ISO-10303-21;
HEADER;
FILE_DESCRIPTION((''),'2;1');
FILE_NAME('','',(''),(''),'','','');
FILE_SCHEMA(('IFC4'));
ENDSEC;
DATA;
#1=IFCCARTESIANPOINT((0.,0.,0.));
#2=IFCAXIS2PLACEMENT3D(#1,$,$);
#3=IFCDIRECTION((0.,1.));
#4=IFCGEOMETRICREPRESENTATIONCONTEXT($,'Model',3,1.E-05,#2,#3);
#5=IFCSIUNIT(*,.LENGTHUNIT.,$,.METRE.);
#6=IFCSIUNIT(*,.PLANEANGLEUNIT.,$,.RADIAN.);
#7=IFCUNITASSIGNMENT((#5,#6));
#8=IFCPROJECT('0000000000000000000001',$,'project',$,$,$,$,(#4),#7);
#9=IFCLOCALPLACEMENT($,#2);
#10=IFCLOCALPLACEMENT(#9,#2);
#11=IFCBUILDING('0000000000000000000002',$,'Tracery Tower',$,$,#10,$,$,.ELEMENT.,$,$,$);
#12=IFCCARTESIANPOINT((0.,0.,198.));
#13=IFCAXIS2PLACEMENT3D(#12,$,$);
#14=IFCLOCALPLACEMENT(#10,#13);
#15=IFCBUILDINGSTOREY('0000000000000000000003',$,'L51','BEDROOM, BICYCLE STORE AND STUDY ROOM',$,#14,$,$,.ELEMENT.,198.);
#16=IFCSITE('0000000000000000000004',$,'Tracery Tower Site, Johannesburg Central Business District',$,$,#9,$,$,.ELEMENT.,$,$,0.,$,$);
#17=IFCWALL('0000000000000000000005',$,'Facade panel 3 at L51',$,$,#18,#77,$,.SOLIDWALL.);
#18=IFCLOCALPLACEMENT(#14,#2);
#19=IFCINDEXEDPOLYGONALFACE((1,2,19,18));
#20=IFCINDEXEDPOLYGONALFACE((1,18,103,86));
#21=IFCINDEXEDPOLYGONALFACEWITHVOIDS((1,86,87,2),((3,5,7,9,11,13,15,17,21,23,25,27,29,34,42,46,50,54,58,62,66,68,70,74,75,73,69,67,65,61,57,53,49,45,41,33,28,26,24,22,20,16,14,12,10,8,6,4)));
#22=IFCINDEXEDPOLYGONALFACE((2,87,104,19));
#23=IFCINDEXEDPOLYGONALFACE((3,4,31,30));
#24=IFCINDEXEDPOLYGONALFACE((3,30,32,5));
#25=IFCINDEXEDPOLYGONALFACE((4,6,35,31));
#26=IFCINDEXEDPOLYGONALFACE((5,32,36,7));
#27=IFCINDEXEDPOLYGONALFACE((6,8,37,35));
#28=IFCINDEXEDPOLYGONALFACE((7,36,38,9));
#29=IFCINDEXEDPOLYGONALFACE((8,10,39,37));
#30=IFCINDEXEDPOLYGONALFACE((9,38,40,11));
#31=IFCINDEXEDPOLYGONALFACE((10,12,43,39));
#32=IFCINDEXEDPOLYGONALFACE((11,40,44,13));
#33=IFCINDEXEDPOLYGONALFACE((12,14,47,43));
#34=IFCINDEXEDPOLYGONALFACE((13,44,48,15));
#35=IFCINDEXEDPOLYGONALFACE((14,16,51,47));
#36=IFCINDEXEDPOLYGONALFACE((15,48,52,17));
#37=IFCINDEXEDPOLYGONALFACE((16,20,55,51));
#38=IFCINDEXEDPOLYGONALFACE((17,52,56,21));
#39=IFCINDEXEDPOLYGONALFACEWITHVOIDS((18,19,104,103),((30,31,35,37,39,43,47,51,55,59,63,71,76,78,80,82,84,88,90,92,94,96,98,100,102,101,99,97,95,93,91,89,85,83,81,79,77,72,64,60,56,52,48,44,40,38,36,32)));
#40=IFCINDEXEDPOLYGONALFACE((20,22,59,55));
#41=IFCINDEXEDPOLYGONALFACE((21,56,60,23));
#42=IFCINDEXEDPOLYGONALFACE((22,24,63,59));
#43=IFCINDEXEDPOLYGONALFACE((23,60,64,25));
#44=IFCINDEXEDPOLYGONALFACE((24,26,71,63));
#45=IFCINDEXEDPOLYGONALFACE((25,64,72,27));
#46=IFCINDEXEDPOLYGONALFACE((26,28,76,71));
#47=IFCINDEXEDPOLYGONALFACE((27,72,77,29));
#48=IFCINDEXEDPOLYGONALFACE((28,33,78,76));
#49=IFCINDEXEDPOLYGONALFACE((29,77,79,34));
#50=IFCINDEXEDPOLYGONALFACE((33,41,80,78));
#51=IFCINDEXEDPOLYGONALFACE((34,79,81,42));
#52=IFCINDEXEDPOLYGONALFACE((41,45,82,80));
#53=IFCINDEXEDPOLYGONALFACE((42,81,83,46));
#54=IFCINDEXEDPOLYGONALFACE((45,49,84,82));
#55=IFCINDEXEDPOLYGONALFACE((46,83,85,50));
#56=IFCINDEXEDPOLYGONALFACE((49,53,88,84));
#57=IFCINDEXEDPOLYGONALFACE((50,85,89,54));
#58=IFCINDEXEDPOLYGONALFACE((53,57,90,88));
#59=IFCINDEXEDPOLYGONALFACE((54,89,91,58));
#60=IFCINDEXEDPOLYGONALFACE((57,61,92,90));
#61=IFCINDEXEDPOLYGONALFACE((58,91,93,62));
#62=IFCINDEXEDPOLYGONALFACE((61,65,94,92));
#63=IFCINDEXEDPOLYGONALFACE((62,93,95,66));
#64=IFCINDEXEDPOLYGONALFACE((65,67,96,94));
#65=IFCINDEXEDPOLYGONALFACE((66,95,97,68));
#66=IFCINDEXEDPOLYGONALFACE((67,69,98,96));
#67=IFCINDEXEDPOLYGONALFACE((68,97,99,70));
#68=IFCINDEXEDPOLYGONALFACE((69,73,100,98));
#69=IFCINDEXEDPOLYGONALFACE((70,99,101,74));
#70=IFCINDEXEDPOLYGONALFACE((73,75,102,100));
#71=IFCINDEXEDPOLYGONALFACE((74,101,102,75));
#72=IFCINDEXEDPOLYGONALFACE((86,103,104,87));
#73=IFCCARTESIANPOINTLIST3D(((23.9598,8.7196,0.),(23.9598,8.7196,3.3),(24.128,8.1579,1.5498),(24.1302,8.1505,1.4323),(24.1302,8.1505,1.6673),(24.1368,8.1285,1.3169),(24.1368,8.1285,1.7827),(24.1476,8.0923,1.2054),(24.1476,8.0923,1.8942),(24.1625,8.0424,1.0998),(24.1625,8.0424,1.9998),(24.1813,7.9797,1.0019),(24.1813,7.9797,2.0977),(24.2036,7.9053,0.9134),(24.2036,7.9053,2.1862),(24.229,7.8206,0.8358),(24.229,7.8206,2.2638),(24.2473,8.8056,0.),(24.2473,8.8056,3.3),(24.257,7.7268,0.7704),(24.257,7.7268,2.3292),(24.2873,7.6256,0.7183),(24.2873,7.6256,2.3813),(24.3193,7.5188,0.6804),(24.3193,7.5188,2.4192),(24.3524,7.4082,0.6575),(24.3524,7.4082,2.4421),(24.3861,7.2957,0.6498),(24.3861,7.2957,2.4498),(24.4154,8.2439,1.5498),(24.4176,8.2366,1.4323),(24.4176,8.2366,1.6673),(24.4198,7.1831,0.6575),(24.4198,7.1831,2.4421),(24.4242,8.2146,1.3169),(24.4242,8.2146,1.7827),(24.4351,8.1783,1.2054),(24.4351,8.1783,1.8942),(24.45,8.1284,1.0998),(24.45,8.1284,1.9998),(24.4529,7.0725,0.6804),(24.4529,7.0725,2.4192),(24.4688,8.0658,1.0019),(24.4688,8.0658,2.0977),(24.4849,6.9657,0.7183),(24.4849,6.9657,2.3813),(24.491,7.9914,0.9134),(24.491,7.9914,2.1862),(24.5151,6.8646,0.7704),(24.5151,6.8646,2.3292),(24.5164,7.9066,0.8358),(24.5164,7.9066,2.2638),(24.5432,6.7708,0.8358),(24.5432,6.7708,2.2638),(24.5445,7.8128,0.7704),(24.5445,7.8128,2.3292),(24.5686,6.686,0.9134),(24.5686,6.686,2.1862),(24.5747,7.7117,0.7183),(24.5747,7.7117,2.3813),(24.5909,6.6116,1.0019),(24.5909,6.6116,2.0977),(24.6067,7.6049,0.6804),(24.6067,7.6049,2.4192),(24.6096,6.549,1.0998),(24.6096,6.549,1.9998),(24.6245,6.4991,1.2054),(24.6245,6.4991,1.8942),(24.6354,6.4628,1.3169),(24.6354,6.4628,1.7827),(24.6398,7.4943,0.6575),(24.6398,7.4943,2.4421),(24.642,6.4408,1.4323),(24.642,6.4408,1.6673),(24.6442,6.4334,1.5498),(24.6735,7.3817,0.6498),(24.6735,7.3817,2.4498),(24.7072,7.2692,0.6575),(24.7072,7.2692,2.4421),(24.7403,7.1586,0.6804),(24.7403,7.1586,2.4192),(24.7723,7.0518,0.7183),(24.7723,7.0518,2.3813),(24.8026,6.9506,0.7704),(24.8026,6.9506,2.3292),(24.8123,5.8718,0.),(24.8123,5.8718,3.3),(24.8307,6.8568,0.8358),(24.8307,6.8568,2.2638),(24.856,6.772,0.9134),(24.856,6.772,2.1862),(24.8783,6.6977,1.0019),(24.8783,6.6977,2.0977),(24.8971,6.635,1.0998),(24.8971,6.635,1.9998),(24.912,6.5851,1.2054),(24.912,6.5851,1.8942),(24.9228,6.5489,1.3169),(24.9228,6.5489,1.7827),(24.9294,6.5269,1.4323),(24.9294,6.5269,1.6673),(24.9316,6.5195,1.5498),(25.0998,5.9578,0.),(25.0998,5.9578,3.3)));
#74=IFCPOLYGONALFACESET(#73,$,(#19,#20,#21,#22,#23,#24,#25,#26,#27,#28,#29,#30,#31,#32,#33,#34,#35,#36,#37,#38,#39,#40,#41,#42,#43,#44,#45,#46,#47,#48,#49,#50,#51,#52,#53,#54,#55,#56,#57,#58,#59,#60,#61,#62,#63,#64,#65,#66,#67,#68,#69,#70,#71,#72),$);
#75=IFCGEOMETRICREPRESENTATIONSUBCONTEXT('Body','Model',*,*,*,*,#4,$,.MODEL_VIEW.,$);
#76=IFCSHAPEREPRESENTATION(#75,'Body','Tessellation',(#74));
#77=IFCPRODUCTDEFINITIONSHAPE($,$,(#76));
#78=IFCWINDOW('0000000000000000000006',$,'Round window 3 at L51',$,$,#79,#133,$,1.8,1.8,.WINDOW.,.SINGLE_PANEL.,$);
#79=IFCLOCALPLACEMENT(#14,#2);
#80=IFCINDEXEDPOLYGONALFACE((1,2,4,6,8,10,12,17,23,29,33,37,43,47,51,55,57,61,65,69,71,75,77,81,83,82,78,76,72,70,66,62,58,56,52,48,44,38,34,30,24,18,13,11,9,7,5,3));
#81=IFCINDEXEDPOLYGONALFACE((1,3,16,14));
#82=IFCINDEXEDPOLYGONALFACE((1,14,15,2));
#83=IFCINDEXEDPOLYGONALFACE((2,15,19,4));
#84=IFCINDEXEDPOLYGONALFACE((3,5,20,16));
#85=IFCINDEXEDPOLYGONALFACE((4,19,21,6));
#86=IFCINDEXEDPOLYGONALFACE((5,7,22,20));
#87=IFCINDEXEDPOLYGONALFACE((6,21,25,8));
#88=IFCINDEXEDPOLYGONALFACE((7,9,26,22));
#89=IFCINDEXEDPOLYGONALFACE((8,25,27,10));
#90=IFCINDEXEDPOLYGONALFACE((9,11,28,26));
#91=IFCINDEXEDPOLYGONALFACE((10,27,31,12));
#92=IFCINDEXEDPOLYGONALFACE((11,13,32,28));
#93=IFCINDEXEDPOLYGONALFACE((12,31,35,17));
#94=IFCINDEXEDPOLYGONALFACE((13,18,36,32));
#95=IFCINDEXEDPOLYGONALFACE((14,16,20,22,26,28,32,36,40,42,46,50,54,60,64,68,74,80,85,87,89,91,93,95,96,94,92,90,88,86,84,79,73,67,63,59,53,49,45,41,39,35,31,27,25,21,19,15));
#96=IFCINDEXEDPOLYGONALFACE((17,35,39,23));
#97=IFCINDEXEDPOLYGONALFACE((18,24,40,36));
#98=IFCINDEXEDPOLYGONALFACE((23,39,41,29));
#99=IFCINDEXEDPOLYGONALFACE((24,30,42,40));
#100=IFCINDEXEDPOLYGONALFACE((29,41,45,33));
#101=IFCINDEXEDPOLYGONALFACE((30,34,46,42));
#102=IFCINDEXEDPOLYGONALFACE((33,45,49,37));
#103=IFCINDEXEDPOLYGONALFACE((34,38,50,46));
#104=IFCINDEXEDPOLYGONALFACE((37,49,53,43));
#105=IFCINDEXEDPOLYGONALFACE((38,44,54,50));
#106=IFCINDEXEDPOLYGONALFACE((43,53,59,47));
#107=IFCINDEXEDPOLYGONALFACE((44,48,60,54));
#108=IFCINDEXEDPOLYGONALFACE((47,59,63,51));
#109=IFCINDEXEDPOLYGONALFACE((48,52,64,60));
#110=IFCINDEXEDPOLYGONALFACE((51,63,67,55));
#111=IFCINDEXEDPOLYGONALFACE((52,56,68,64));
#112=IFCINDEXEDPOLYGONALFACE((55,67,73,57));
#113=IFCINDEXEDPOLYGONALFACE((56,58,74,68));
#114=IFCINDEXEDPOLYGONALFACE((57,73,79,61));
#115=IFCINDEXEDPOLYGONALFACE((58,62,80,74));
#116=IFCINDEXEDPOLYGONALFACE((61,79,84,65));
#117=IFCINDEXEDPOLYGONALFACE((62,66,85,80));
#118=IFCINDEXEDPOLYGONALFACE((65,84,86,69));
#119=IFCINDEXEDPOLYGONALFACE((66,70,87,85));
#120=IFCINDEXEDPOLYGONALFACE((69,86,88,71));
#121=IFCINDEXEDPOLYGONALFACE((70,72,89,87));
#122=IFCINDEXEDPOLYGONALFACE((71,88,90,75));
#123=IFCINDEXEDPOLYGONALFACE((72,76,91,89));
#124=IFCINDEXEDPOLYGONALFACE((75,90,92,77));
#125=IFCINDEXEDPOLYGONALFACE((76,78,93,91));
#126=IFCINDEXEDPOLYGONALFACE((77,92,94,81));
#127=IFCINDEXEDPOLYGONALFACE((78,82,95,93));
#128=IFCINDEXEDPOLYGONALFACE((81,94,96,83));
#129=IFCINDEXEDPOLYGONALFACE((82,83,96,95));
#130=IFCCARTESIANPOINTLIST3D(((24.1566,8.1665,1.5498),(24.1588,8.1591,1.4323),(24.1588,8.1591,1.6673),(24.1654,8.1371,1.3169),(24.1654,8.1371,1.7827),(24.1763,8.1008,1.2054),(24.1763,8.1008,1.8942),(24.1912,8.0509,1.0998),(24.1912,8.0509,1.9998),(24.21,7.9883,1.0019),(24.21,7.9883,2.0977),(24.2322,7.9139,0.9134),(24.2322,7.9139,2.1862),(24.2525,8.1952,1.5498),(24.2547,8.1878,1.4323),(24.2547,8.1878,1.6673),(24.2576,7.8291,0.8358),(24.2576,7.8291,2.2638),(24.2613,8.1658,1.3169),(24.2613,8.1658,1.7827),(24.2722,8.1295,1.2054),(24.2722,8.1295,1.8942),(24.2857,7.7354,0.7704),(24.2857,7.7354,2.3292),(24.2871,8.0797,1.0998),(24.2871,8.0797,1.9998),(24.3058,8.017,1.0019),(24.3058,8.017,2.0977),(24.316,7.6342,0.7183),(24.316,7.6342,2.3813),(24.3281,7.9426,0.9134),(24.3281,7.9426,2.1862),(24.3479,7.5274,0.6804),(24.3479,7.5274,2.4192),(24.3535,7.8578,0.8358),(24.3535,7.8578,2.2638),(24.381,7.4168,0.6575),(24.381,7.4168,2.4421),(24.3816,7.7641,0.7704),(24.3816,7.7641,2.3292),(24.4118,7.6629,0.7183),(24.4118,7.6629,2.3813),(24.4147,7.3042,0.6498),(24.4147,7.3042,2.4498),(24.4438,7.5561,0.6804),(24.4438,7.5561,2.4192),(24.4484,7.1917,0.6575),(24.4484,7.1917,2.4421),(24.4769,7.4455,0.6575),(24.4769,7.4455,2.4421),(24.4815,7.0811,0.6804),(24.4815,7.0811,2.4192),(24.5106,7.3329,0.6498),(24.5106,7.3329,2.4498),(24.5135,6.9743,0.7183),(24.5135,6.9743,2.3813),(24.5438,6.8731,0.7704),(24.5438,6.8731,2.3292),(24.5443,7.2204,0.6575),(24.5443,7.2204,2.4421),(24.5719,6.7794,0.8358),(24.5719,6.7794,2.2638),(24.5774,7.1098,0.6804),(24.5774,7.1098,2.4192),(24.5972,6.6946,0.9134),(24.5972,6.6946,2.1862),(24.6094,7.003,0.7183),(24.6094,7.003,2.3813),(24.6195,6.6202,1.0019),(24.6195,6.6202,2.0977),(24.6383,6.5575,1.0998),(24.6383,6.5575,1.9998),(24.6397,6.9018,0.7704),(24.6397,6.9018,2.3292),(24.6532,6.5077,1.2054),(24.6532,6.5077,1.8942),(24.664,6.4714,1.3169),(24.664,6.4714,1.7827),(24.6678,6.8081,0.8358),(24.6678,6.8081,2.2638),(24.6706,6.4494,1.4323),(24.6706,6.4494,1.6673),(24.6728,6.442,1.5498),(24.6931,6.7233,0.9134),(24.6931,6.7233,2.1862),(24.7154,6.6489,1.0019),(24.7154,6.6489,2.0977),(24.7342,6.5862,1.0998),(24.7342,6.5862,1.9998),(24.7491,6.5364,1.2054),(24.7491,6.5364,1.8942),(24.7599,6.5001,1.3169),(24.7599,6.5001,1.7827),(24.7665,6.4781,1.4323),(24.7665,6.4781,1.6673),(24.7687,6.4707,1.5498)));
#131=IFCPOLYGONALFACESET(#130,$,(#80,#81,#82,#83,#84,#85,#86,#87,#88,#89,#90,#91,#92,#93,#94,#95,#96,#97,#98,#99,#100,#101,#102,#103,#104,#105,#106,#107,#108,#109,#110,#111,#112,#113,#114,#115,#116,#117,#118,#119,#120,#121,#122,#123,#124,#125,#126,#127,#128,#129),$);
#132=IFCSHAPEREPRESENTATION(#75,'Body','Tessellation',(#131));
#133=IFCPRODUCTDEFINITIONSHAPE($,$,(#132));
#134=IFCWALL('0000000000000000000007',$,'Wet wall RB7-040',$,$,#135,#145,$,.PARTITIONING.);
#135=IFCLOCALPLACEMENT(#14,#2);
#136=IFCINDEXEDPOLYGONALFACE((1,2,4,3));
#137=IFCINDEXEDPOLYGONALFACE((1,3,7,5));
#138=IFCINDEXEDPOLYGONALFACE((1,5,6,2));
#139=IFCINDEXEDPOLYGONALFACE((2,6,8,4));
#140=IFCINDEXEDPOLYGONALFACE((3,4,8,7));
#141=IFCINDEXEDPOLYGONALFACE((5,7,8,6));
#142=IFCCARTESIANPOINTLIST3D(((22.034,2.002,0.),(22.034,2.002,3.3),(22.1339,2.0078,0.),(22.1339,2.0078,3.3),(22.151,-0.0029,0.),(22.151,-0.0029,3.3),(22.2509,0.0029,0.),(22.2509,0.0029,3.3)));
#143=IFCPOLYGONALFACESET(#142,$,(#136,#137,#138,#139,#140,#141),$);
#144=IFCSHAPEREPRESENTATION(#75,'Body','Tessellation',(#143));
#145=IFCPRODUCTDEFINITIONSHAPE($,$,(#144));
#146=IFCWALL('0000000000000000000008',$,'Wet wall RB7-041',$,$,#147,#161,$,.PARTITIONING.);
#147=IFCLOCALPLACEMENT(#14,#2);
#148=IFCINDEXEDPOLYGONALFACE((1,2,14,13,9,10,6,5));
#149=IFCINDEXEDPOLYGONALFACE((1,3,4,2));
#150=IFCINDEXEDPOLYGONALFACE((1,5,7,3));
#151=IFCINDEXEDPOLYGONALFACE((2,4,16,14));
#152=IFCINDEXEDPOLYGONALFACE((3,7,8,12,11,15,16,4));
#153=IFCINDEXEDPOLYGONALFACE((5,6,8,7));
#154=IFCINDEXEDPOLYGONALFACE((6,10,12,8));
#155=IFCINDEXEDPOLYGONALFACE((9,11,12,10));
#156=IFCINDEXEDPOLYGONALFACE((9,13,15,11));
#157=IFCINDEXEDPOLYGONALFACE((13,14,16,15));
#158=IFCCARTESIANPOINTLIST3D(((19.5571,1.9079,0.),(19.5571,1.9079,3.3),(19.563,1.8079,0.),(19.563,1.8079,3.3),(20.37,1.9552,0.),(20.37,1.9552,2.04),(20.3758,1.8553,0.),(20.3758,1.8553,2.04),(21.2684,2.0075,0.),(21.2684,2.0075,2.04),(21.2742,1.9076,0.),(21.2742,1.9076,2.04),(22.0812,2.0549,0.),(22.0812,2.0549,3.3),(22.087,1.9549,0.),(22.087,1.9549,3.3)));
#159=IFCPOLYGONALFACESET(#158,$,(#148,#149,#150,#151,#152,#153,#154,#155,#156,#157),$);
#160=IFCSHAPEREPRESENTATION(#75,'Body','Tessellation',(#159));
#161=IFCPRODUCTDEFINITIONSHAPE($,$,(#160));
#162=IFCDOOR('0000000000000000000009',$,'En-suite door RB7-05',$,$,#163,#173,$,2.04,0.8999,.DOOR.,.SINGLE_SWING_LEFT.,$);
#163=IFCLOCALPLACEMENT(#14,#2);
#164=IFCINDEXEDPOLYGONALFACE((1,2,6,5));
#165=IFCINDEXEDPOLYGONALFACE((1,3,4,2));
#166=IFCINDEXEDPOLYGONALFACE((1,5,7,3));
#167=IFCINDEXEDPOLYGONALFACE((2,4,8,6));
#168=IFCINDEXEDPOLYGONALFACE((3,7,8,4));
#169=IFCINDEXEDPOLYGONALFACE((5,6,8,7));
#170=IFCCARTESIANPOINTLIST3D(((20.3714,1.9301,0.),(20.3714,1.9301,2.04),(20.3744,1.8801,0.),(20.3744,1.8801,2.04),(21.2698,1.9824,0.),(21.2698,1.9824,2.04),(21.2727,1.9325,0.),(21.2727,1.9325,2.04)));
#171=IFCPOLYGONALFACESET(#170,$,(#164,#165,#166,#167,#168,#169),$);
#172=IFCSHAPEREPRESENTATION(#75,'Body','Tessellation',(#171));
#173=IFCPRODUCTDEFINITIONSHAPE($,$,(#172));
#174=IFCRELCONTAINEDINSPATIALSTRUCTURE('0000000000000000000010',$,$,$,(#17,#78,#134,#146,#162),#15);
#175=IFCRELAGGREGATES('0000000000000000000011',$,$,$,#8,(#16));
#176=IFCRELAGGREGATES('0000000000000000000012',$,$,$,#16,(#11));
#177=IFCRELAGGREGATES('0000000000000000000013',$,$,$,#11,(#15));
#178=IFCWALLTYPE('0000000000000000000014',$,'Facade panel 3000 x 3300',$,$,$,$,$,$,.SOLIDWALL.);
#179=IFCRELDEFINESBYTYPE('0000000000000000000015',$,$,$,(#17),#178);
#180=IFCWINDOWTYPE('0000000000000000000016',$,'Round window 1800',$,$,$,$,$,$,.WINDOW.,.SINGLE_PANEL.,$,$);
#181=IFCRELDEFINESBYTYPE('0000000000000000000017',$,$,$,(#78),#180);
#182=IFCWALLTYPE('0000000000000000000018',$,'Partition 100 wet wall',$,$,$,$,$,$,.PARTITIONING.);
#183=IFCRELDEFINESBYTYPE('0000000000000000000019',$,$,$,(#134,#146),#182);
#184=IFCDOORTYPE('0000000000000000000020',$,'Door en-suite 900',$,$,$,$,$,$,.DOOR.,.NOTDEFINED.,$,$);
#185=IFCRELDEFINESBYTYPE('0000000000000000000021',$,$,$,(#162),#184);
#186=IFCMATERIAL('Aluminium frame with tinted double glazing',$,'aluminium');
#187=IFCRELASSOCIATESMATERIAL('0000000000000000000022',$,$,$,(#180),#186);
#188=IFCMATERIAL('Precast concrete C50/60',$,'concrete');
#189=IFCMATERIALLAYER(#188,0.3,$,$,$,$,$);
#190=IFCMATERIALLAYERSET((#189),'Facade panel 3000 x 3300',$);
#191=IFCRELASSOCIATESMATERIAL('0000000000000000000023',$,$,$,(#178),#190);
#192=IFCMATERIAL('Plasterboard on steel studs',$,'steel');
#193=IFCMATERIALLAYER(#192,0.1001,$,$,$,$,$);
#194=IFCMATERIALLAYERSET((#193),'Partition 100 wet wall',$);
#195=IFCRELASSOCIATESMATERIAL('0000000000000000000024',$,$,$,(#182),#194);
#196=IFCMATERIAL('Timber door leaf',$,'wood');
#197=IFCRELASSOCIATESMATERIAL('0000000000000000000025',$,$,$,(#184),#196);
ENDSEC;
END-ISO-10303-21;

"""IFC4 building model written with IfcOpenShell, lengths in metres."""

from ifc_helpers import new_model, si_unit, direction, frame, frame_2d, origin, origin_2d, place, context, subcontext, project, spatial, rectangle, circle, extrude, material, layer, layer_set, type_object, element, fill, save


model = new_model("IFC4")

# Units and contexts
model_context = context("Model", 3, precision=1e-05, world=origin(), true_north=direction((0.0, 1.0)))
body_context = subcontext(model_context, "Body", "Model", "MODEL_VIEW")
ifc_project = project(units=[si_unit("LENGTHUNIT", "METRE"), si_unit("PLANEANGLEUNIT", "RADIAN")], contexts=[model_context])

# Site, building, storey
site_placement = place(None, origin())
site = spatial("IfcSite", under=ifc_project, at=site_placement, Name="Tracery Tower Site, Johannesburg Central Business District", CompositionType="ELEMENT", RefElevation=0.0)
building_placement = place(site_placement, origin())
building = spatial("IfcBuilding", under=site, at=building_placement, Name="Tracery Tower", CompositionType="ELEMENT")
storey_placement = place(building_placement, frame((0.0, 0.0, 198.0)))
storey = spatial("IfcBuildingStorey", under=building, at=storey_placement, Name="L51", Description="BEDROOM, BICYCLE STORE AND STUDY ROOM", CompositionType="ELEMENT", Elevation=198.0)

# Wall, opening, window
ifc_material_1 = material(Name="Aluminium frame with tinted double glazing", Category="aluminium")
window_type = type_object("IfcWindowType", Name="Round window 1800", PartitioningType="SINGLE_PANEL", PredefinedType="WINDOW", material=ifc_material_1)
ifc_material_2 = material(Name="Precast concrete C50/60", Category="concrete")
ifc_layer_1 = layer(ifc_material_2, 0.3)
ifc_layer_set_1 = layer_set([ifc_layer_1], Name="Facade panel 3000 x 3300")
wall_type_1 = type_object("IfcWallType", Name="Facade panel 3000 x 3300", PredefinedType="SOLIDWALL", material=ifc_layer_set_1)
wall_1_placement = place(storey_placement, frame((24.9561, 5.9148, 0.0), z_axis=(0.0, 0.0, 1.0), x_axis=(-0.286783, 0.957996, 0.0)))
wall_1 = element("IfcWall", 1, at=wall_1_placement, inside=storey, type_object=wall_type_1, Name="Facade panel 3 at L51", PredefinedType="SOLIDWALL", context=body_context, shape_type="SweptSolid", body=[
    extrude(rectangle(XDim=2.9727, YDim=0.3, at=frame_2d((1.4863, 0.0))), origin(), (0.0, 0.0, 1.0), 3.3),
])
opening_1_placement = place(wall_1_placement, frame((1.4863, 0.0, 1.5498)))
opening_1 = element("IfcOpeningElement", 2, at=opening_1_placement, cuts=wall_1, PredefinedType="OPENING", context=body_context, shape_type="SweptSolid", body=[
    extrude(circle(Radius=0.9, at=origin_2d()), frame((0.0, 0.1599, 0.0), z_axis=(0.0, -1.0, 0.0), x_axis=(1.0, 0.0, 0.0)), (0.0, 0.0, 1.0), 0.3201),
])
window_1_placement = place(opening_1_placement, origin())
window_1 = element("IfcWindow", 3, at=window_1_placement, inside=storey, type_object=window_type, Name="Round window 3 at L51", OverallHeight=1.8, OverallWidth=1.8, PartitioningType="SINGLE_PANEL", PredefinedType="WINDOW", context=body_context, shape_type="SweptSolid", body=[
    extrude(circle(Radius=0.9, at=origin_2d()), frame((0.0, 0.1201, 0.0), z_axis=(0.0, -1.0, 0.0), x_axis=(1.0, 0.0, 0.0)), (0.0, 0.0, 1.0), 0.1001),
])
fill(opening_1, window_1)

# Wall
ifc_material_3 = material(Name="Plasterboard on steel studs", Category="steel")
ifc_layer_2 = layer(ifc_material_3, 0.1001)
ifc_layer_set_2 = layer_set([ifc_layer_2], Name="Partition 100 wet wall")
wall_type_2 = type_object("IfcWallType", Name="Partition 100 wet wall", PredefinedType="PARTITIONING", material=ifc_layer_set_2)
wall_2_placement = place(storey_placement, frame((22.084, 2.0049, 0.0), z_axis=(0.0, 0.0, 1.0), x_axis=(0.05823, -0.998303, 0.0)))
element("IfcWall", 4, at=wall_2_placement, inside=storey, type_object=wall_type_2, Name="Wet wall RB7-040", PredefinedType="PARTITIONING", context=body_context, shape_type="SweptSolid", body=[
    extrude(rectangle(XDim=2.0083, YDim=0.1001, at=frame_2d((1.0042, 0.0))), origin(), (0.0, 0.0, 1.0), 3.3),
])

# Wall, opening, door
wall_3_placement = place(storey_placement, frame((19.5601, 1.8579, 0.0), z_axis=(0.0, 0.0, 1.0), x_axis=(0.998309, 0.058133, 0.0)))
wall_3 = element("IfcWall", 5, at=wall_3_placement, inside=storey, type_object=wall_type_2, Name="Wet wall RB7-041", PredefinedType="PARTITIONING", context=body_context, shape_type="SweptSolid", body=[
    extrude(rectangle(XDim=2.5283, YDim=0.1001, at=frame_2d((1.2642, 0.0))), origin(), (0.0, 0.0, 1.0), 3.3),
])
opening_2_placement = place(wall_3_placement, frame((0.8142, 0.0, 0.0)))
opening_2 = element("IfcOpeningElement", 6, at=opening_2_placement, cuts=wall_3, PredefinedType="OPENING", context=body_context, shape_type="SweptSolid", body=[
    extrude(rectangle(XDim=0.8999, YDim=2.04, at=frame_2d((0.45, 1.02))), frame((0.0, 0.05, 0.0), z_axis=(0.0, -1.0, 0.0), x_axis=(1.0, 0.0, 0.0)), (0.0, 0.0, 1.0), 0.1001),
])
ifc_material_4 = material(Name="Timber door leaf", Category="wood")
door_type = type_object("IfcDoorType", Name="Door en-suite 900", OperationType="NOTDEFINED", PredefinedType="DOOR", material=ifc_material_4)
door_1_placement = place(opening_2_placement, origin())
door_1 = element("IfcDoor", 7, at=door_1_placement, inside=storey, type_object=door_type, Name="En-suite door RB7-05", OperationType="SINGLE_SWING_LEFT", OverallHeight=2.04, OverallWidth=0.8999, PredefinedType="DOOR", context=body_context, shape_type="SweptSolid", body=[
    extrude(rectangle(XDim=0.8999, YDim=2.04, at=frame_2d((0.45, 1.02))), frame((0.0, 0.0249, 0.0), z_axis=(0.0, -1.0, 0.0), x_axis=(1.0, 0.0, 0.0)), (0.0, 0.0, 1.0), 0.05),
])
fill(opening_2, door_1)

save(model, "model.ifc")
